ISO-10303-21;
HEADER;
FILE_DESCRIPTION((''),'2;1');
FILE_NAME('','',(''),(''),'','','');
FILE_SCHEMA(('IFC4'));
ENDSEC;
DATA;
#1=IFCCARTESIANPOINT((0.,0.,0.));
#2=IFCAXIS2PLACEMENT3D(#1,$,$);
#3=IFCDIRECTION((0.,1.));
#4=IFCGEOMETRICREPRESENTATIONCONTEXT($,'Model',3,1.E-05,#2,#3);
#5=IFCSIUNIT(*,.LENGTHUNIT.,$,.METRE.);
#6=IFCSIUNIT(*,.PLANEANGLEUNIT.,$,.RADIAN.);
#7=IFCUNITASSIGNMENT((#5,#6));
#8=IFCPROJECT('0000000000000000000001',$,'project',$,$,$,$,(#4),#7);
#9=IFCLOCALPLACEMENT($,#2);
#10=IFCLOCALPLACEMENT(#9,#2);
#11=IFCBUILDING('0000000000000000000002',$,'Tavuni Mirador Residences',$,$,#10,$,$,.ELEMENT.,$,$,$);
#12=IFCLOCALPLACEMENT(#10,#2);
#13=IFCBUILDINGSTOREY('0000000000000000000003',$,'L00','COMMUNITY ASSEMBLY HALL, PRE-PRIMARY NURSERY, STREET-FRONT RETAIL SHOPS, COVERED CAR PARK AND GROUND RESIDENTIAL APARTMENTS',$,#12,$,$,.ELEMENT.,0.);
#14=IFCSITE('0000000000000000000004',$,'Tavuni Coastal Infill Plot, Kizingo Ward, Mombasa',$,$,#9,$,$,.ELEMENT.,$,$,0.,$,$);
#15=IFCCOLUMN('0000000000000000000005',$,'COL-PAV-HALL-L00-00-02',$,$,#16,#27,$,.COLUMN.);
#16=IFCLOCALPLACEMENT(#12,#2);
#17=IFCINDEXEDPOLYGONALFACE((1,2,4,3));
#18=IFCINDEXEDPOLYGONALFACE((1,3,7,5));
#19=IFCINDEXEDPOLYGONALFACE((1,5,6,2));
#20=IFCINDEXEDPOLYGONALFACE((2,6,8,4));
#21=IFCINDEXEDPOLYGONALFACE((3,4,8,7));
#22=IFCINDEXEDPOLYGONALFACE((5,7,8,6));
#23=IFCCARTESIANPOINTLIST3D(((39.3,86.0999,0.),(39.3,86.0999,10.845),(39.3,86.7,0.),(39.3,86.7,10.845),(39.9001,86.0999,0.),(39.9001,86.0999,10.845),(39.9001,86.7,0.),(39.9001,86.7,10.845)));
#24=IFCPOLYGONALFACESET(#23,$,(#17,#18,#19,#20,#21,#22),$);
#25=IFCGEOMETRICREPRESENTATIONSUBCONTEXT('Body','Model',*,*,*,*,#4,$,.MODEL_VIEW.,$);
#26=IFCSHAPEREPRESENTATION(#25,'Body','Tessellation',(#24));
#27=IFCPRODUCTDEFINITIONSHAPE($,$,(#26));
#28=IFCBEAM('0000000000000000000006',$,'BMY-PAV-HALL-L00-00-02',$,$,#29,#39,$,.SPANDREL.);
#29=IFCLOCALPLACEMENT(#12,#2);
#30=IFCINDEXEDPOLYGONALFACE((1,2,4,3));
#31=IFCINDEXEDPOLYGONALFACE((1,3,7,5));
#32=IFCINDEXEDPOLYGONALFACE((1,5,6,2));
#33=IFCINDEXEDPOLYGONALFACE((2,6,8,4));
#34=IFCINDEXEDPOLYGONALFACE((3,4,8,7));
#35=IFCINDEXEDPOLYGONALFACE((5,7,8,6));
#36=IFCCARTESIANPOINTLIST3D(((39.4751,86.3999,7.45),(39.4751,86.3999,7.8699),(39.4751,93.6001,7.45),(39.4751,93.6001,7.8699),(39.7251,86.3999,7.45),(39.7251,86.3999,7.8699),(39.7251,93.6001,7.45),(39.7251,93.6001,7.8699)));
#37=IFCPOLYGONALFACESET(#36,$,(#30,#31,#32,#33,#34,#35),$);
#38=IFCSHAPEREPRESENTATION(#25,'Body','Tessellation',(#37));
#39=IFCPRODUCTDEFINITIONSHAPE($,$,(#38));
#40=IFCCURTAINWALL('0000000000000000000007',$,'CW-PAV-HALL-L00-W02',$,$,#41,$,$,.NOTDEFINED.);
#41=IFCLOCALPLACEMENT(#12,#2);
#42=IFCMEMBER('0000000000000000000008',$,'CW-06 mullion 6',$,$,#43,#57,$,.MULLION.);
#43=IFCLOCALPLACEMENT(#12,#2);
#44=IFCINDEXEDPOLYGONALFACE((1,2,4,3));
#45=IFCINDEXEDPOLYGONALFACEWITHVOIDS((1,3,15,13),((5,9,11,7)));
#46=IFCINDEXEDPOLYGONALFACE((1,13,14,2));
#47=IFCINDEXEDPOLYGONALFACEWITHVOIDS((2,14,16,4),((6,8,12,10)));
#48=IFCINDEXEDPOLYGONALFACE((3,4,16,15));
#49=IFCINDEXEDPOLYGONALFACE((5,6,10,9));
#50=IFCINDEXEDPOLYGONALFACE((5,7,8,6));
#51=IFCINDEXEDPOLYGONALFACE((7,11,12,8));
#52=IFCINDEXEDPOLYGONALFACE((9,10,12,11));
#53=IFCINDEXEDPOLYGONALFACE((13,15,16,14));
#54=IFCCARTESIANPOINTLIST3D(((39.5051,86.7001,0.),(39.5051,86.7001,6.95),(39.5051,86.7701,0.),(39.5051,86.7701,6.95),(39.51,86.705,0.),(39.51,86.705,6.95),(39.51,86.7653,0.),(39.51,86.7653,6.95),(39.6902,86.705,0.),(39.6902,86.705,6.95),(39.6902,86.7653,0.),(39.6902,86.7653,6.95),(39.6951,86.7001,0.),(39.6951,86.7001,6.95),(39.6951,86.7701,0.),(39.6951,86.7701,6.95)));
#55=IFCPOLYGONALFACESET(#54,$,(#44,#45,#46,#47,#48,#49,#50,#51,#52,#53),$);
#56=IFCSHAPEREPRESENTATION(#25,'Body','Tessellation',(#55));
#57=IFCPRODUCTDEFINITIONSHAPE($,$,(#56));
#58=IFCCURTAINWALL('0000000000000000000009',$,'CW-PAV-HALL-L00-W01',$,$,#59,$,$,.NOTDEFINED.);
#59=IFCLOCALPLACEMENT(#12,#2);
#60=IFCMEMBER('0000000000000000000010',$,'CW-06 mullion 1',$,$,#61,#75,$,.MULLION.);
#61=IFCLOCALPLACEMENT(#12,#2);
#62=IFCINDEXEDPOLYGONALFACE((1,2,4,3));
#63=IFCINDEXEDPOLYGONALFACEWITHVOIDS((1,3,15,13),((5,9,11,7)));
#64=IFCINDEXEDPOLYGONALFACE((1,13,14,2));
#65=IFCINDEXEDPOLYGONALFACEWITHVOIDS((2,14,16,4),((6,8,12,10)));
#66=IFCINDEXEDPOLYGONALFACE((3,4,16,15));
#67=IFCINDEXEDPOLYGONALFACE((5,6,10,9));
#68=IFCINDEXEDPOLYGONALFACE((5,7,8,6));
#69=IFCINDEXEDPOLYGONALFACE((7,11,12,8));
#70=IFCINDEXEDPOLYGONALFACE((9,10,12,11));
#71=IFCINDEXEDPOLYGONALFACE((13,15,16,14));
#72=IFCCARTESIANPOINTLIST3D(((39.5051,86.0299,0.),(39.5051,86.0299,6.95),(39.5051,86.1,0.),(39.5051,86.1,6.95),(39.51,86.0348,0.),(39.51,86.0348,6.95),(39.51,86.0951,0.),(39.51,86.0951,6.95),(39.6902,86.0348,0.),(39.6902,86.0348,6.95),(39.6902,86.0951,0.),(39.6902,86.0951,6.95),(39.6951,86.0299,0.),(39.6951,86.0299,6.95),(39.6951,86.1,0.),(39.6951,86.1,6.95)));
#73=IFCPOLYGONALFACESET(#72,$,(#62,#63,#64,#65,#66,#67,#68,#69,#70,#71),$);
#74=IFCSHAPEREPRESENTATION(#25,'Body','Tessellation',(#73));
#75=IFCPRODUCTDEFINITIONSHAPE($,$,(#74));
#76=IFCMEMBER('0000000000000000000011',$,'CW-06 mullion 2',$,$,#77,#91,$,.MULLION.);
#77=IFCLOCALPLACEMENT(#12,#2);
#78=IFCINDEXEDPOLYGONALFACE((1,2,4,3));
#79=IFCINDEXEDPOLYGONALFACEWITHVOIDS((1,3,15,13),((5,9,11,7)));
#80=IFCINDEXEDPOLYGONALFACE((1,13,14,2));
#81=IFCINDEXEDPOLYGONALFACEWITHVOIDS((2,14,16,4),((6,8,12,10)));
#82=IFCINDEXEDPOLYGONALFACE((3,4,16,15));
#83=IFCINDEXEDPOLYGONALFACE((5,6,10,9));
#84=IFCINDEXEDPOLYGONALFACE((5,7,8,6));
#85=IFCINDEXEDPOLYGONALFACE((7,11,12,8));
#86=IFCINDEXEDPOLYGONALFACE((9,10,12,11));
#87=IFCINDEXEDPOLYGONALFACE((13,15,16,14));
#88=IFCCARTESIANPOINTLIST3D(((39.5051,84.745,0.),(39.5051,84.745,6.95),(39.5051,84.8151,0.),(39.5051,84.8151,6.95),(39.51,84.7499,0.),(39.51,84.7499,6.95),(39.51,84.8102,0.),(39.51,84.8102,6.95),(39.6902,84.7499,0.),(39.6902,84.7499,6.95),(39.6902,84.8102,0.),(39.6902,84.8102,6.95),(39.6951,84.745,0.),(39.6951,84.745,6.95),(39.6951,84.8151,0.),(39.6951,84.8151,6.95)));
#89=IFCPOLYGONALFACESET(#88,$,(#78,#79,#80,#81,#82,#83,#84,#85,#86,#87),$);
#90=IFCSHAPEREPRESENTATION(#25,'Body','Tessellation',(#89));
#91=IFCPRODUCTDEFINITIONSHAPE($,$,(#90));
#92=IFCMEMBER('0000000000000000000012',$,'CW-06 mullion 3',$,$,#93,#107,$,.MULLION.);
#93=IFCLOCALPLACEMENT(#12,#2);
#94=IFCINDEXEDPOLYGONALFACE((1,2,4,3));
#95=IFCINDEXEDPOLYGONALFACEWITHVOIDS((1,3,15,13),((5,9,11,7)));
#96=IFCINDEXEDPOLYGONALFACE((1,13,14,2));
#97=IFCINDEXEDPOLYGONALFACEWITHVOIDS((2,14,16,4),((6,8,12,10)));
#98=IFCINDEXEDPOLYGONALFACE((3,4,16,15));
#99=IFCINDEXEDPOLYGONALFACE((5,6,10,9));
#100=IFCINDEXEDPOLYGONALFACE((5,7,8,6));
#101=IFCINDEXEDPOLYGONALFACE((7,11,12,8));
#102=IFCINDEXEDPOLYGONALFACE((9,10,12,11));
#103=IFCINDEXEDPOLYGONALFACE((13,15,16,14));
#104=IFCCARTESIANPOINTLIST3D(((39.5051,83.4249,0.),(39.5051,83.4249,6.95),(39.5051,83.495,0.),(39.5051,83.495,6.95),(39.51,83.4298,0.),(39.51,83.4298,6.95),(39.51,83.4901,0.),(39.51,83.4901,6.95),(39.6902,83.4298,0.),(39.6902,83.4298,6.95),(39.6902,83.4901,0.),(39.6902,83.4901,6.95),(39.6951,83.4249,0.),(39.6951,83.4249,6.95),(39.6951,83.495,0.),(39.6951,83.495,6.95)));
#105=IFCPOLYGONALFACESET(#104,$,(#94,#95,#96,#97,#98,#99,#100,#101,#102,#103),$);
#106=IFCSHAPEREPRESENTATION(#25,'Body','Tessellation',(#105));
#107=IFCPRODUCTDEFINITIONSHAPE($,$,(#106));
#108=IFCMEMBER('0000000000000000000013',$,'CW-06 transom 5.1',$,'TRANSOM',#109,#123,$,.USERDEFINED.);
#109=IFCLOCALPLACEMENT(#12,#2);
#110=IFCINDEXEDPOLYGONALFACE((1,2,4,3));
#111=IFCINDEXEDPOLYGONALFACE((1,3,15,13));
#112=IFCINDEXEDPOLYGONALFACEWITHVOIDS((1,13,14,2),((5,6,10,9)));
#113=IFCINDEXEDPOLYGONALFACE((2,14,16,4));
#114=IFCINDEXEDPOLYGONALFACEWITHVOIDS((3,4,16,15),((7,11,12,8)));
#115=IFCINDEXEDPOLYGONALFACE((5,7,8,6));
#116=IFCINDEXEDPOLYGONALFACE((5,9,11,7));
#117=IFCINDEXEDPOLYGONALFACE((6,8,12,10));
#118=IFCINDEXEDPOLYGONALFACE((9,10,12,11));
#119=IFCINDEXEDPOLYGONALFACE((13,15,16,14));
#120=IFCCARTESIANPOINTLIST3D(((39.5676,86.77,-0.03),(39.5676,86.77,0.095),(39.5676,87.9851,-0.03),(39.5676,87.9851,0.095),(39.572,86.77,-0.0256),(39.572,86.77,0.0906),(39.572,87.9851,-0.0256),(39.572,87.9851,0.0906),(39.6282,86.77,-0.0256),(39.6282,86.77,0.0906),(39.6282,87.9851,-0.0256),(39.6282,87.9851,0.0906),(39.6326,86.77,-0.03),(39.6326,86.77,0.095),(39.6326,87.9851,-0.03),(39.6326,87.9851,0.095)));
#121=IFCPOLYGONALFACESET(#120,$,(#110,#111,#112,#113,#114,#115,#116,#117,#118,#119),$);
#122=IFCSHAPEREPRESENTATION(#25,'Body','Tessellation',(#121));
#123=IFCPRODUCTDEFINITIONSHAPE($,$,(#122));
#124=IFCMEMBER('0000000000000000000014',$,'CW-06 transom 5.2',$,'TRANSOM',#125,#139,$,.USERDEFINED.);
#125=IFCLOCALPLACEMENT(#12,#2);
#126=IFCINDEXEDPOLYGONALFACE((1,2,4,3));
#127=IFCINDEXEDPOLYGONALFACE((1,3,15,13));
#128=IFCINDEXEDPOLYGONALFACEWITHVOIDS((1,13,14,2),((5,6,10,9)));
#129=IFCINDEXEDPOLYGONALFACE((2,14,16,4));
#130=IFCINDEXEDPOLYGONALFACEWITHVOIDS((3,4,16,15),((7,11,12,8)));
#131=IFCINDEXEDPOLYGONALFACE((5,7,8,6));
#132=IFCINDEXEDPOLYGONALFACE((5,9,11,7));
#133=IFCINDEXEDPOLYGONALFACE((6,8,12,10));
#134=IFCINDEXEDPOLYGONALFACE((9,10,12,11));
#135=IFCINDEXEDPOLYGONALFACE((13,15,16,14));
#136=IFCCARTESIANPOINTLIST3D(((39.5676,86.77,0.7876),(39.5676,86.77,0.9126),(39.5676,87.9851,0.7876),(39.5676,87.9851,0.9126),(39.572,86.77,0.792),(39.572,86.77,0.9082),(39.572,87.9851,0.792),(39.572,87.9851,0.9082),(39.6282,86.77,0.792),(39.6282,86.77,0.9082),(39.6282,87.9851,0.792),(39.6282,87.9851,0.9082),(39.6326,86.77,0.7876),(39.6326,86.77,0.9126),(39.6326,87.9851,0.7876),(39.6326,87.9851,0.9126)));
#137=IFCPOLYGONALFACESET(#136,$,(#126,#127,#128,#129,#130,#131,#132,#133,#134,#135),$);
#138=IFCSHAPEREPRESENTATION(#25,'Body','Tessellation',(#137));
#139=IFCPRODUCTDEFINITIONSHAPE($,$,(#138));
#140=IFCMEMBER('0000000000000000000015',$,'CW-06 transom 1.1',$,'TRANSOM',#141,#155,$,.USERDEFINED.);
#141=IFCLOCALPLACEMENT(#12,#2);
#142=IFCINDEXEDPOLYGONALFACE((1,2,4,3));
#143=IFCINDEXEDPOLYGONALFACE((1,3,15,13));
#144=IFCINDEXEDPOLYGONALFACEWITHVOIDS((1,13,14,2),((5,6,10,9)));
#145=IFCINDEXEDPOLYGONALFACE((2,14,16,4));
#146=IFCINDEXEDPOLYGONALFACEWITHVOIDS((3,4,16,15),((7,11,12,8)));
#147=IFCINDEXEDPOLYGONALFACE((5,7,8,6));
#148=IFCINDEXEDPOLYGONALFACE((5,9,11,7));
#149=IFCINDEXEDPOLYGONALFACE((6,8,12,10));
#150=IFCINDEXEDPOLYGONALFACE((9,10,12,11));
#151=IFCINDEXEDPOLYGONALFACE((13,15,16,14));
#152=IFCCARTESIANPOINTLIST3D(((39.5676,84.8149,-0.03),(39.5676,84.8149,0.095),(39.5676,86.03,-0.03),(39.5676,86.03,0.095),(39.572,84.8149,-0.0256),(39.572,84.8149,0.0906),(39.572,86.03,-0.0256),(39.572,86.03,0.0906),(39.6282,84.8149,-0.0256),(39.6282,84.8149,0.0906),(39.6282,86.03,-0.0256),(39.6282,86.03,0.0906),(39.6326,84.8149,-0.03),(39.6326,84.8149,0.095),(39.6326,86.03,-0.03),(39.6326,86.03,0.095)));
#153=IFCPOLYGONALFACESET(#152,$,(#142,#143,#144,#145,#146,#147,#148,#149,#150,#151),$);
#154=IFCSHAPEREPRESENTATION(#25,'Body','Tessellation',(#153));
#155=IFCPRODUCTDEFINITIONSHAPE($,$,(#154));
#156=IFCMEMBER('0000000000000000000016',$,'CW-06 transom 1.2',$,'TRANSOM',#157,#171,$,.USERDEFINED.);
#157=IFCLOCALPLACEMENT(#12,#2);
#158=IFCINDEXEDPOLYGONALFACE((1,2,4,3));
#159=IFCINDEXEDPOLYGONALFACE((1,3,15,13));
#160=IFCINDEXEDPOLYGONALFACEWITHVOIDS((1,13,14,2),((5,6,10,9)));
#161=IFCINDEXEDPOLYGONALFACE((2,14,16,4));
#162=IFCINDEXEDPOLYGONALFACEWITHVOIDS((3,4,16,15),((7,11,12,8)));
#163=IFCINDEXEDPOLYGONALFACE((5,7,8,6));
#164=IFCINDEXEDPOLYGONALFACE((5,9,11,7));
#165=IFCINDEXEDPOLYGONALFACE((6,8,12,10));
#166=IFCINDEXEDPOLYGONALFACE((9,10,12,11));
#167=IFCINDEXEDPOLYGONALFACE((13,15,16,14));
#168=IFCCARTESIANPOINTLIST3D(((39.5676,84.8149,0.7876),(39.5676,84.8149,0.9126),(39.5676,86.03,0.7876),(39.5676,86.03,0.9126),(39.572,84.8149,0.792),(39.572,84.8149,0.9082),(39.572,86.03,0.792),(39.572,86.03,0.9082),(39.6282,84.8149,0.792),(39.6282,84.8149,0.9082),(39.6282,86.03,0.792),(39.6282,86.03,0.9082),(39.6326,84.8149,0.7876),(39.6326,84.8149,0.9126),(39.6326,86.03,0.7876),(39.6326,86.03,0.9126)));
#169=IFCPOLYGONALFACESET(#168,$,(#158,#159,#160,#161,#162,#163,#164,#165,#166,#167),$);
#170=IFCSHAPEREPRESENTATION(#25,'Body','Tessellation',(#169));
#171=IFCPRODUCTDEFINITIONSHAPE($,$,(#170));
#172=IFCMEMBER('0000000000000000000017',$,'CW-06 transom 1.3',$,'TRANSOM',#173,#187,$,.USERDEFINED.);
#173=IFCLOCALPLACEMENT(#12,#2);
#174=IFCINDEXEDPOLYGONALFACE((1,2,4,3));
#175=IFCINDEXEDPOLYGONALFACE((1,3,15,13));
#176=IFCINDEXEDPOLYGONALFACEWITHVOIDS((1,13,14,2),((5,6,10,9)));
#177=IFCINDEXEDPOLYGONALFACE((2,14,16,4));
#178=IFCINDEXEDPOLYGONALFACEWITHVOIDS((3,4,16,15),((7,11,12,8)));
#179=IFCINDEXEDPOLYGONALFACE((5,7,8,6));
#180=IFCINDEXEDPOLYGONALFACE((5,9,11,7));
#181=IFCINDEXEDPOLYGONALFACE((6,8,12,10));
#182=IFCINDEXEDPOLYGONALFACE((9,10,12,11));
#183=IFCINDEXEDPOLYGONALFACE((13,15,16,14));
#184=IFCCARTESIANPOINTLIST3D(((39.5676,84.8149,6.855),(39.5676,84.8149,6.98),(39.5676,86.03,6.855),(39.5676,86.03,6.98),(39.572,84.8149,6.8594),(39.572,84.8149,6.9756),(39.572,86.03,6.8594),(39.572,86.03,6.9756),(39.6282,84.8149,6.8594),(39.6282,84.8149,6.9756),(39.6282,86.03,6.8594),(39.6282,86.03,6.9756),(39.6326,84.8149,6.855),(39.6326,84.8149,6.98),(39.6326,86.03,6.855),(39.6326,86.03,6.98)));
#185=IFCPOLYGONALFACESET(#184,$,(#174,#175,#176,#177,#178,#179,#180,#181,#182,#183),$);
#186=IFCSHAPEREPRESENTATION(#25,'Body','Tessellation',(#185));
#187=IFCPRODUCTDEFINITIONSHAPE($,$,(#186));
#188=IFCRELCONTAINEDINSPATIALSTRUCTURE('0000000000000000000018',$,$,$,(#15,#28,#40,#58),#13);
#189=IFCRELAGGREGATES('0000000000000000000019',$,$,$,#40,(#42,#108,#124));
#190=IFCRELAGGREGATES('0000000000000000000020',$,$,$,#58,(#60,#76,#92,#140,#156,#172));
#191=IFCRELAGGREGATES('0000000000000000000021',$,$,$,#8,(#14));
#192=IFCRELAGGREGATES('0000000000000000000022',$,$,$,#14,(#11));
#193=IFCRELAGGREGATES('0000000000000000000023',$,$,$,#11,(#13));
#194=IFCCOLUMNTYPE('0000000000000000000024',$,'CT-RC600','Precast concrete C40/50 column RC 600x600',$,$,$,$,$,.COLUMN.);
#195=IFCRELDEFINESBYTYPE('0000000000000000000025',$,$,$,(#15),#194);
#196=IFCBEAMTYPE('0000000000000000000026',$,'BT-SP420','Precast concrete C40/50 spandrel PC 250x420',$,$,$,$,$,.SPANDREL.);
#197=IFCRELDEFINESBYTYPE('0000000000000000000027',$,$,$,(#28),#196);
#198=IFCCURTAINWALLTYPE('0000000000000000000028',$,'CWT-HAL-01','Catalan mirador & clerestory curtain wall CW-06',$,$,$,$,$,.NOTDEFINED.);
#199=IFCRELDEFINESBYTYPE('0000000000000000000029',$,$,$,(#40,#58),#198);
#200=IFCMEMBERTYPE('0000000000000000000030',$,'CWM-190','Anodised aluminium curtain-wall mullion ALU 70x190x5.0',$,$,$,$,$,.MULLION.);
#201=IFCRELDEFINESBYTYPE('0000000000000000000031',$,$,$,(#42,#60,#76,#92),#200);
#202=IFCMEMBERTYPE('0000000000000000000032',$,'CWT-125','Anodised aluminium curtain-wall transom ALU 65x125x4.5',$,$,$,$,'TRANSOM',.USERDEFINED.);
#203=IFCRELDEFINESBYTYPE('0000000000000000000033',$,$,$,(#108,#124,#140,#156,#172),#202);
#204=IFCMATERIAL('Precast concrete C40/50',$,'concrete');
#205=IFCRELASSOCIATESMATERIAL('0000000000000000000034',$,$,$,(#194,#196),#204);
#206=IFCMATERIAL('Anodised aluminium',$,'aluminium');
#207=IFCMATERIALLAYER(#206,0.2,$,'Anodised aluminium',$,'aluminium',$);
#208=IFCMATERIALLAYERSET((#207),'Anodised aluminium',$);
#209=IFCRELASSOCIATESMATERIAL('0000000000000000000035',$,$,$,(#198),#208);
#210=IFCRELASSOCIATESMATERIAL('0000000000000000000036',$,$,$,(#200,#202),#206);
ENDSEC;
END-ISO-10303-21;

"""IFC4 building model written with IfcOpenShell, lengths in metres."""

from ifc_helpers import new_model, si_unit, direction, frame, origin, origin_2d, place, context, subcontext, project, spatial, rectangle, hollow_rectangle, extrude, material, layer, layer_set, material_profile, profile_set, type_object, element, aggregate, save


model = new_model("IFC4")

# Units and contexts
model_context = context("Model", 3, precision=1e-05, world=origin(), true_north=direction((0.0, 1.0)))
body_context = subcontext(model_context, "Body", "Model", "MODEL_VIEW")
ifc_project = project(units=[si_unit("LENGTHUNIT", "METRE"), si_unit("PLANEANGLEUNIT", "RADIAN")], contexts=[model_context])

# Site, building, storey
site_placement = place(None, origin())
site = spatial("IfcSite", under=ifc_project, at=site_placement, Name="Tavuni Coastal Infill Plot, Kizingo Ward, Mombasa", CompositionType="ELEMENT", RefElevation=0.0)
building_placement = place(site_placement, origin())
building = spatial("IfcBuilding", under=site, at=building_placement, Name="Tavuni Mirador Residences", CompositionType="ELEMENT")
storey_placement = place(building_placement, origin())
storey = spatial("IfcBuildingStorey", under=building, at=storey_placement, Name="L00", Description="COMMUNITY ASSEMBLY HALL, PRE-PRIMARY NURSERY, STREET-FRONT RETAIL SHOPS, COVERED CAR PARK AND GROUND RESIDENTIAL APARTMENTS", CompositionType="ELEMENT", Elevation=0.0)

# Column
ifc_material_1 = material(Name="Precast concrete C40/50", Category="concrete")
ifc_material_profile_1 = material_profile(ifc_material_1, rectangle(XDim=0.6001, YDim=0.6001, at=origin_2d()), Name="RC 600x600", Category="concrete")
ifc_profile_set_1 = profile_set([ifc_material_profile_1], Name="Precast concrete C40/50")
column_type = type_object("IfcColumnType", Name="CT-RC600", Description="Precast concrete C40/50 column RC 600x600", PredefinedType="COLUMN", material=ifc_profile_set_1)
column_placement = place(storey_placement, frame((39.6001, 86.3999, 0.0), z_axis=(0.0, 0.0, 1.0), x_axis=(1.0, 0.0, 0.0)))
element("IfcColumn", 1, at=column_placement, inside=storey, type_object=column_type, Name="COL-PAV-HALL-L00-00-02", PredefinedType="COLUMN", context=body_context, shape_type="SweptSolid", body=[
    extrude(rectangle(XDim=0.6001, YDim=0.6001, at=origin_2d()), origin(), (0.0, 0.0, 1.0), 10.845),
])

# Beam
ifc_material_profile_2 = material_profile(ifc_material_1, rectangle(XDim=0.25, YDim=0.4199, at=origin_2d()), Name="PC 250x420", Category="concrete")
ifc_profile_set_2 = profile_set([ifc_material_profile_2], Name="Precast concrete C40/50")
beam_type = type_object("IfcBeamType", Name="BT-SP420", Description="Precast concrete C40/50 spandrel PC 250x420", PredefinedType="SPANDREL", material=ifc_profile_set_2)
beam_placement = place(storey_placement, frame((39.6001, 86.3999, 7.6599), z_axis=(0.0, 1.0, 0.0), x_axis=(-1.0, 0.0, 0.0)))
element("IfcBeam", 2, at=beam_placement, inside=storey, type_object=beam_type, Name="BMY-PAV-HALL-L00-00-02", PredefinedType="SPANDREL", context=body_context, shape_type="SweptSolid", body=[
    extrude(rectangle(XDim=0.25, YDim=0.4199, at=origin_2d()), origin(), (0.0, 0.0, 1.0), 7.2002),
])

# Curtain wall, member
ifc_material_2 = material(Name="Anodised aluminium", Category="aluminium")
ifc_layer_1 = layer(ifc_material_2, 0.2, Name="Anodised aluminium", Category="aluminium")
ifc_layer_set_1 = layer_set([ifc_layer_1], Name="Anodised aluminium")
curtain_wall_type = type_object("IfcCurtainWallType", Name="CWT-HAL-01", Description="Catalan mirador & clerestory curtain wall CW-06", PredefinedType="NOTDEFINED", material=ifc_layer_set_1)
curtain_wall_1_placement = place(storey_placement, origin())
curtain_wall_1 = element("IfcCurtainWall", 3, at=curtain_wall_1_placement, inside=storey, type_object=curtain_wall_type, Name="CW-PAV-HALL-L00-W02", PredefinedType="NOTDEFINED")
ifc_material_profile_3 = material_profile(ifc_material_2, hollow_rectangle(XDim=0.0701, YDim=0.1899, WallThickness=0.0049, at=origin_2d()), Name="ALU 70x190x5.0", Category="aluminium")
ifc_profile_set_3 = profile_set([ifc_material_profile_3], Name="Anodised aluminium")
member_type_1 = type_object("IfcMemberType", Name="CWM-190", Description="Anodised aluminium curtain-wall mullion ALU 70x190x5.0", PredefinedType="MULLION", material=ifc_profile_set_3)
member_1_placement = place(storey_placement, frame((39.6001, 86.7351, 0.0), z_axis=(0.0, 0.0, 1.0), x_axis=(0.0, -1.0, 0.0)))
member_1 = element("IfcMember", 4, at=member_1_placement, type_object=member_type_1, Name="CW-06 mullion 6", PredefinedType="MULLION", context=body_context, shape_type="SweptSolid", body=[
    extrude(hollow_rectangle(XDim=0.0701, YDim=0.1899, WallThickness=0.0049, at=origin_2d()), origin(), (0.0, 0.0, 1.0), 6.95),
])

# Curtain wall, members
curtain_wall_2_placement = place(storey_placement, origin())
curtain_wall_2 = element("IfcCurtainWall", 5, at=curtain_wall_2_placement, inside=storey, type_object=curtain_wall_type, Name="CW-PAV-HALL-L00-W01", PredefinedType="NOTDEFINED")
member_2_placement = place(storey_placement, frame((39.6001, 86.0649, 0.0), z_axis=(0.0, 0.0, 1.0), x_axis=(0.0, -1.0, 0.0)))
member_2 = element("IfcMember", 6, at=member_2_placement, type_object=member_type_1, Name="CW-06 mullion 1", PredefinedType="MULLION", context=body_context, shape_type="SweptSolid", body=[
    extrude(hollow_rectangle(XDim=0.0701, YDim=0.1899, WallThickness=0.0049, at=origin_2d()), origin(), (0.0, 0.0, 1.0), 6.95),
])
member_3_placement = place(storey_placement, frame((39.6001, 84.78, 0.0), z_axis=(0.0, 0.0, 1.0), x_axis=(0.0, -1.0, 0.0)))
member_3 = element("IfcMember", 7, at=member_3_placement, type_object=member_type_1, Name="CW-06 mullion 2", PredefinedType="MULLION", context=body_context, shape_type="SweptSolid", body=[
    extrude(hollow_rectangle(XDim=0.0701, YDim=0.1899, WallThickness=0.0049, at=origin_2d()), origin(), (0.0, 0.0, 1.0), 6.95),
])
member_4_placement = place(storey_placement, frame((39.6001, 83.46, 0.0), z_axis=(0.0, 0.0, 1.0), x_axis=(0.0, -1.0, 0.0)))
member_4 = element("IfcMember", 8, at=member_4_placement, type_object=member_type_1, Name="CW-06 mullion 3", PredefinedType="MULLION", context=body_context, shape_type="SweptSolid", body=[
    extrude(hollow_rectangle(XDim=0.0701, YDim=0.1899, WallThickness=0.0049, at=origin_2d()), origin(), (0.0, 0.0, 1.0), 6.95),
])

# Members
ifc_material_profile_4 = material_profile(ifc_material_2, hollow_rectangle(XDim=0.0649, YDim=0.125, WallThickness=0.0044, at=origin_2d()), Name="ALU 65x125x4.5", Category="aluminium")
ifc_profile_set_4 = profile_set([ifc_material_profile_4], Name="Anodised aluminium")
member_type_2 = type_object("IfcMemberType", Name="CWT-125", Description="Anodised aluminium curtain-wall transom ALU 65x125x4.5", ElementType="TRANSOM", PredefinedType="USERDEFINED", material=ifc_profile_set_4)
member_5_placement = place(storey_placement, frame((39.6001, 87.9851, 0.0325), z_axis=(0.0, -1.0, 0.0), x_axis=(1.0, 0.0, 0.0)))
member_5 = element("IfcMember", 9, at=member_5_placement, type_object=member_type_2, Name="CW-06 transom 5.1", ObjectType="TRANSOM", PredefinedType="USERDEFINED", context=body_context, shape_type="SweptSolid", body=[
    extrude(hollow_rectangle(XDim=0.0649, YDim=0.125, WallThickness=0.0044, at=origin_2d()), origin(), (0.0, 0.0, 1.0), 1.2151),
])
member_6_placement = place(storey_placement, frame((39.6001, 87.9851, 0.8501), z_axis=(0.0, -1.0, 0.0), x_axis=(1.0, 0.0, 0.0)))
member_6 = element("IfcMember", 10, at=member_6_placement, type_object=member_type_2, Name="CW-06 transom 5.2", ObjectType="TRANSOM", PredefinedType="USERDEFINED", context=body_context, shape_type="SweptSolid", body=[
    extrude(hollow_rectangle(XDim=0.0649, YDim=0.125, WallThickness=0.0044, at=origin_2d()), origin(), (0.0, 0.0, 1.0), 1.2151),
])
member_7_placement = place(storey_placement, frame((39.6001, 86.03, 0.0325), z_axis=(0.0, -1.0, 0.0), x_axis=(1.0, 0.0, 0.0)))
member_7 = element("IfcMember", 11, at=member_7_placement, type_object=member_type_2, Name="CW-06 transom 1.1", ObjectType="TRANSOM", PredefinedType="USERDEFINED", context=body_context, shape_type="SweptSolid", body=[
    extrude(hollow_rectangle(XDim=0.0649, YDim=0.125, WallThickness=0.0044, at=origin_2d()), origin(), (0.0, 0.0, 1.0), 1.2151),
])
member_8_placement = place(storey_placement, frame((39.6001, 86.03, 0.8501), z_axis=(0.0, -1.0, 0.0), x_axis=(1.0, 0.0, 0.0)))
member_8 = element("IfcMember", 12, at=member_8_placement, type_object=member_type_2, Name="CW-06 transom 1.2", ObjectType="TRANSOM", PredefinedType="USERDEFINED", context=body_context, shape_type="SweptSolid", body=[
    extrude(hollow_rectangle(XDim=0.0649, YDim=0.125, WallThickness=0.0044, at=origin_2d()), origin(), (0.0, 0.0, 1.0), 1.2151),
])
member_9_placement = place(storey_placement, frame((39.6001, 86.03, 6.9175), z_axis=(0.0, -1.0, 0.0), x_axis=(1.0, 0.0, 0.0)))
member_9 = element("IfcMember", 13, at=member_9_placement, type_object=member_type_2, Name="CW-06 transom 1.3", ObjectType="TRANSOM", PredefinedType="USERDEFINED", context=body_context, shape_type="SweptSolid", body=[
    extrude(hollow_rectangle(XDim=0.0649, YDim=0.125, WallThickness=0.0044, at=origin_2d()), origin(), (0.0, 0.0, 1.0), 1.2151),
])

aggregate(curtain_wall_1, [member_1, member_5, member_6])
aggregate(curtain_wall_2, [member_2, member_3, member_4, member_7, member_8, member_9])

save(model, "model.ifc")
